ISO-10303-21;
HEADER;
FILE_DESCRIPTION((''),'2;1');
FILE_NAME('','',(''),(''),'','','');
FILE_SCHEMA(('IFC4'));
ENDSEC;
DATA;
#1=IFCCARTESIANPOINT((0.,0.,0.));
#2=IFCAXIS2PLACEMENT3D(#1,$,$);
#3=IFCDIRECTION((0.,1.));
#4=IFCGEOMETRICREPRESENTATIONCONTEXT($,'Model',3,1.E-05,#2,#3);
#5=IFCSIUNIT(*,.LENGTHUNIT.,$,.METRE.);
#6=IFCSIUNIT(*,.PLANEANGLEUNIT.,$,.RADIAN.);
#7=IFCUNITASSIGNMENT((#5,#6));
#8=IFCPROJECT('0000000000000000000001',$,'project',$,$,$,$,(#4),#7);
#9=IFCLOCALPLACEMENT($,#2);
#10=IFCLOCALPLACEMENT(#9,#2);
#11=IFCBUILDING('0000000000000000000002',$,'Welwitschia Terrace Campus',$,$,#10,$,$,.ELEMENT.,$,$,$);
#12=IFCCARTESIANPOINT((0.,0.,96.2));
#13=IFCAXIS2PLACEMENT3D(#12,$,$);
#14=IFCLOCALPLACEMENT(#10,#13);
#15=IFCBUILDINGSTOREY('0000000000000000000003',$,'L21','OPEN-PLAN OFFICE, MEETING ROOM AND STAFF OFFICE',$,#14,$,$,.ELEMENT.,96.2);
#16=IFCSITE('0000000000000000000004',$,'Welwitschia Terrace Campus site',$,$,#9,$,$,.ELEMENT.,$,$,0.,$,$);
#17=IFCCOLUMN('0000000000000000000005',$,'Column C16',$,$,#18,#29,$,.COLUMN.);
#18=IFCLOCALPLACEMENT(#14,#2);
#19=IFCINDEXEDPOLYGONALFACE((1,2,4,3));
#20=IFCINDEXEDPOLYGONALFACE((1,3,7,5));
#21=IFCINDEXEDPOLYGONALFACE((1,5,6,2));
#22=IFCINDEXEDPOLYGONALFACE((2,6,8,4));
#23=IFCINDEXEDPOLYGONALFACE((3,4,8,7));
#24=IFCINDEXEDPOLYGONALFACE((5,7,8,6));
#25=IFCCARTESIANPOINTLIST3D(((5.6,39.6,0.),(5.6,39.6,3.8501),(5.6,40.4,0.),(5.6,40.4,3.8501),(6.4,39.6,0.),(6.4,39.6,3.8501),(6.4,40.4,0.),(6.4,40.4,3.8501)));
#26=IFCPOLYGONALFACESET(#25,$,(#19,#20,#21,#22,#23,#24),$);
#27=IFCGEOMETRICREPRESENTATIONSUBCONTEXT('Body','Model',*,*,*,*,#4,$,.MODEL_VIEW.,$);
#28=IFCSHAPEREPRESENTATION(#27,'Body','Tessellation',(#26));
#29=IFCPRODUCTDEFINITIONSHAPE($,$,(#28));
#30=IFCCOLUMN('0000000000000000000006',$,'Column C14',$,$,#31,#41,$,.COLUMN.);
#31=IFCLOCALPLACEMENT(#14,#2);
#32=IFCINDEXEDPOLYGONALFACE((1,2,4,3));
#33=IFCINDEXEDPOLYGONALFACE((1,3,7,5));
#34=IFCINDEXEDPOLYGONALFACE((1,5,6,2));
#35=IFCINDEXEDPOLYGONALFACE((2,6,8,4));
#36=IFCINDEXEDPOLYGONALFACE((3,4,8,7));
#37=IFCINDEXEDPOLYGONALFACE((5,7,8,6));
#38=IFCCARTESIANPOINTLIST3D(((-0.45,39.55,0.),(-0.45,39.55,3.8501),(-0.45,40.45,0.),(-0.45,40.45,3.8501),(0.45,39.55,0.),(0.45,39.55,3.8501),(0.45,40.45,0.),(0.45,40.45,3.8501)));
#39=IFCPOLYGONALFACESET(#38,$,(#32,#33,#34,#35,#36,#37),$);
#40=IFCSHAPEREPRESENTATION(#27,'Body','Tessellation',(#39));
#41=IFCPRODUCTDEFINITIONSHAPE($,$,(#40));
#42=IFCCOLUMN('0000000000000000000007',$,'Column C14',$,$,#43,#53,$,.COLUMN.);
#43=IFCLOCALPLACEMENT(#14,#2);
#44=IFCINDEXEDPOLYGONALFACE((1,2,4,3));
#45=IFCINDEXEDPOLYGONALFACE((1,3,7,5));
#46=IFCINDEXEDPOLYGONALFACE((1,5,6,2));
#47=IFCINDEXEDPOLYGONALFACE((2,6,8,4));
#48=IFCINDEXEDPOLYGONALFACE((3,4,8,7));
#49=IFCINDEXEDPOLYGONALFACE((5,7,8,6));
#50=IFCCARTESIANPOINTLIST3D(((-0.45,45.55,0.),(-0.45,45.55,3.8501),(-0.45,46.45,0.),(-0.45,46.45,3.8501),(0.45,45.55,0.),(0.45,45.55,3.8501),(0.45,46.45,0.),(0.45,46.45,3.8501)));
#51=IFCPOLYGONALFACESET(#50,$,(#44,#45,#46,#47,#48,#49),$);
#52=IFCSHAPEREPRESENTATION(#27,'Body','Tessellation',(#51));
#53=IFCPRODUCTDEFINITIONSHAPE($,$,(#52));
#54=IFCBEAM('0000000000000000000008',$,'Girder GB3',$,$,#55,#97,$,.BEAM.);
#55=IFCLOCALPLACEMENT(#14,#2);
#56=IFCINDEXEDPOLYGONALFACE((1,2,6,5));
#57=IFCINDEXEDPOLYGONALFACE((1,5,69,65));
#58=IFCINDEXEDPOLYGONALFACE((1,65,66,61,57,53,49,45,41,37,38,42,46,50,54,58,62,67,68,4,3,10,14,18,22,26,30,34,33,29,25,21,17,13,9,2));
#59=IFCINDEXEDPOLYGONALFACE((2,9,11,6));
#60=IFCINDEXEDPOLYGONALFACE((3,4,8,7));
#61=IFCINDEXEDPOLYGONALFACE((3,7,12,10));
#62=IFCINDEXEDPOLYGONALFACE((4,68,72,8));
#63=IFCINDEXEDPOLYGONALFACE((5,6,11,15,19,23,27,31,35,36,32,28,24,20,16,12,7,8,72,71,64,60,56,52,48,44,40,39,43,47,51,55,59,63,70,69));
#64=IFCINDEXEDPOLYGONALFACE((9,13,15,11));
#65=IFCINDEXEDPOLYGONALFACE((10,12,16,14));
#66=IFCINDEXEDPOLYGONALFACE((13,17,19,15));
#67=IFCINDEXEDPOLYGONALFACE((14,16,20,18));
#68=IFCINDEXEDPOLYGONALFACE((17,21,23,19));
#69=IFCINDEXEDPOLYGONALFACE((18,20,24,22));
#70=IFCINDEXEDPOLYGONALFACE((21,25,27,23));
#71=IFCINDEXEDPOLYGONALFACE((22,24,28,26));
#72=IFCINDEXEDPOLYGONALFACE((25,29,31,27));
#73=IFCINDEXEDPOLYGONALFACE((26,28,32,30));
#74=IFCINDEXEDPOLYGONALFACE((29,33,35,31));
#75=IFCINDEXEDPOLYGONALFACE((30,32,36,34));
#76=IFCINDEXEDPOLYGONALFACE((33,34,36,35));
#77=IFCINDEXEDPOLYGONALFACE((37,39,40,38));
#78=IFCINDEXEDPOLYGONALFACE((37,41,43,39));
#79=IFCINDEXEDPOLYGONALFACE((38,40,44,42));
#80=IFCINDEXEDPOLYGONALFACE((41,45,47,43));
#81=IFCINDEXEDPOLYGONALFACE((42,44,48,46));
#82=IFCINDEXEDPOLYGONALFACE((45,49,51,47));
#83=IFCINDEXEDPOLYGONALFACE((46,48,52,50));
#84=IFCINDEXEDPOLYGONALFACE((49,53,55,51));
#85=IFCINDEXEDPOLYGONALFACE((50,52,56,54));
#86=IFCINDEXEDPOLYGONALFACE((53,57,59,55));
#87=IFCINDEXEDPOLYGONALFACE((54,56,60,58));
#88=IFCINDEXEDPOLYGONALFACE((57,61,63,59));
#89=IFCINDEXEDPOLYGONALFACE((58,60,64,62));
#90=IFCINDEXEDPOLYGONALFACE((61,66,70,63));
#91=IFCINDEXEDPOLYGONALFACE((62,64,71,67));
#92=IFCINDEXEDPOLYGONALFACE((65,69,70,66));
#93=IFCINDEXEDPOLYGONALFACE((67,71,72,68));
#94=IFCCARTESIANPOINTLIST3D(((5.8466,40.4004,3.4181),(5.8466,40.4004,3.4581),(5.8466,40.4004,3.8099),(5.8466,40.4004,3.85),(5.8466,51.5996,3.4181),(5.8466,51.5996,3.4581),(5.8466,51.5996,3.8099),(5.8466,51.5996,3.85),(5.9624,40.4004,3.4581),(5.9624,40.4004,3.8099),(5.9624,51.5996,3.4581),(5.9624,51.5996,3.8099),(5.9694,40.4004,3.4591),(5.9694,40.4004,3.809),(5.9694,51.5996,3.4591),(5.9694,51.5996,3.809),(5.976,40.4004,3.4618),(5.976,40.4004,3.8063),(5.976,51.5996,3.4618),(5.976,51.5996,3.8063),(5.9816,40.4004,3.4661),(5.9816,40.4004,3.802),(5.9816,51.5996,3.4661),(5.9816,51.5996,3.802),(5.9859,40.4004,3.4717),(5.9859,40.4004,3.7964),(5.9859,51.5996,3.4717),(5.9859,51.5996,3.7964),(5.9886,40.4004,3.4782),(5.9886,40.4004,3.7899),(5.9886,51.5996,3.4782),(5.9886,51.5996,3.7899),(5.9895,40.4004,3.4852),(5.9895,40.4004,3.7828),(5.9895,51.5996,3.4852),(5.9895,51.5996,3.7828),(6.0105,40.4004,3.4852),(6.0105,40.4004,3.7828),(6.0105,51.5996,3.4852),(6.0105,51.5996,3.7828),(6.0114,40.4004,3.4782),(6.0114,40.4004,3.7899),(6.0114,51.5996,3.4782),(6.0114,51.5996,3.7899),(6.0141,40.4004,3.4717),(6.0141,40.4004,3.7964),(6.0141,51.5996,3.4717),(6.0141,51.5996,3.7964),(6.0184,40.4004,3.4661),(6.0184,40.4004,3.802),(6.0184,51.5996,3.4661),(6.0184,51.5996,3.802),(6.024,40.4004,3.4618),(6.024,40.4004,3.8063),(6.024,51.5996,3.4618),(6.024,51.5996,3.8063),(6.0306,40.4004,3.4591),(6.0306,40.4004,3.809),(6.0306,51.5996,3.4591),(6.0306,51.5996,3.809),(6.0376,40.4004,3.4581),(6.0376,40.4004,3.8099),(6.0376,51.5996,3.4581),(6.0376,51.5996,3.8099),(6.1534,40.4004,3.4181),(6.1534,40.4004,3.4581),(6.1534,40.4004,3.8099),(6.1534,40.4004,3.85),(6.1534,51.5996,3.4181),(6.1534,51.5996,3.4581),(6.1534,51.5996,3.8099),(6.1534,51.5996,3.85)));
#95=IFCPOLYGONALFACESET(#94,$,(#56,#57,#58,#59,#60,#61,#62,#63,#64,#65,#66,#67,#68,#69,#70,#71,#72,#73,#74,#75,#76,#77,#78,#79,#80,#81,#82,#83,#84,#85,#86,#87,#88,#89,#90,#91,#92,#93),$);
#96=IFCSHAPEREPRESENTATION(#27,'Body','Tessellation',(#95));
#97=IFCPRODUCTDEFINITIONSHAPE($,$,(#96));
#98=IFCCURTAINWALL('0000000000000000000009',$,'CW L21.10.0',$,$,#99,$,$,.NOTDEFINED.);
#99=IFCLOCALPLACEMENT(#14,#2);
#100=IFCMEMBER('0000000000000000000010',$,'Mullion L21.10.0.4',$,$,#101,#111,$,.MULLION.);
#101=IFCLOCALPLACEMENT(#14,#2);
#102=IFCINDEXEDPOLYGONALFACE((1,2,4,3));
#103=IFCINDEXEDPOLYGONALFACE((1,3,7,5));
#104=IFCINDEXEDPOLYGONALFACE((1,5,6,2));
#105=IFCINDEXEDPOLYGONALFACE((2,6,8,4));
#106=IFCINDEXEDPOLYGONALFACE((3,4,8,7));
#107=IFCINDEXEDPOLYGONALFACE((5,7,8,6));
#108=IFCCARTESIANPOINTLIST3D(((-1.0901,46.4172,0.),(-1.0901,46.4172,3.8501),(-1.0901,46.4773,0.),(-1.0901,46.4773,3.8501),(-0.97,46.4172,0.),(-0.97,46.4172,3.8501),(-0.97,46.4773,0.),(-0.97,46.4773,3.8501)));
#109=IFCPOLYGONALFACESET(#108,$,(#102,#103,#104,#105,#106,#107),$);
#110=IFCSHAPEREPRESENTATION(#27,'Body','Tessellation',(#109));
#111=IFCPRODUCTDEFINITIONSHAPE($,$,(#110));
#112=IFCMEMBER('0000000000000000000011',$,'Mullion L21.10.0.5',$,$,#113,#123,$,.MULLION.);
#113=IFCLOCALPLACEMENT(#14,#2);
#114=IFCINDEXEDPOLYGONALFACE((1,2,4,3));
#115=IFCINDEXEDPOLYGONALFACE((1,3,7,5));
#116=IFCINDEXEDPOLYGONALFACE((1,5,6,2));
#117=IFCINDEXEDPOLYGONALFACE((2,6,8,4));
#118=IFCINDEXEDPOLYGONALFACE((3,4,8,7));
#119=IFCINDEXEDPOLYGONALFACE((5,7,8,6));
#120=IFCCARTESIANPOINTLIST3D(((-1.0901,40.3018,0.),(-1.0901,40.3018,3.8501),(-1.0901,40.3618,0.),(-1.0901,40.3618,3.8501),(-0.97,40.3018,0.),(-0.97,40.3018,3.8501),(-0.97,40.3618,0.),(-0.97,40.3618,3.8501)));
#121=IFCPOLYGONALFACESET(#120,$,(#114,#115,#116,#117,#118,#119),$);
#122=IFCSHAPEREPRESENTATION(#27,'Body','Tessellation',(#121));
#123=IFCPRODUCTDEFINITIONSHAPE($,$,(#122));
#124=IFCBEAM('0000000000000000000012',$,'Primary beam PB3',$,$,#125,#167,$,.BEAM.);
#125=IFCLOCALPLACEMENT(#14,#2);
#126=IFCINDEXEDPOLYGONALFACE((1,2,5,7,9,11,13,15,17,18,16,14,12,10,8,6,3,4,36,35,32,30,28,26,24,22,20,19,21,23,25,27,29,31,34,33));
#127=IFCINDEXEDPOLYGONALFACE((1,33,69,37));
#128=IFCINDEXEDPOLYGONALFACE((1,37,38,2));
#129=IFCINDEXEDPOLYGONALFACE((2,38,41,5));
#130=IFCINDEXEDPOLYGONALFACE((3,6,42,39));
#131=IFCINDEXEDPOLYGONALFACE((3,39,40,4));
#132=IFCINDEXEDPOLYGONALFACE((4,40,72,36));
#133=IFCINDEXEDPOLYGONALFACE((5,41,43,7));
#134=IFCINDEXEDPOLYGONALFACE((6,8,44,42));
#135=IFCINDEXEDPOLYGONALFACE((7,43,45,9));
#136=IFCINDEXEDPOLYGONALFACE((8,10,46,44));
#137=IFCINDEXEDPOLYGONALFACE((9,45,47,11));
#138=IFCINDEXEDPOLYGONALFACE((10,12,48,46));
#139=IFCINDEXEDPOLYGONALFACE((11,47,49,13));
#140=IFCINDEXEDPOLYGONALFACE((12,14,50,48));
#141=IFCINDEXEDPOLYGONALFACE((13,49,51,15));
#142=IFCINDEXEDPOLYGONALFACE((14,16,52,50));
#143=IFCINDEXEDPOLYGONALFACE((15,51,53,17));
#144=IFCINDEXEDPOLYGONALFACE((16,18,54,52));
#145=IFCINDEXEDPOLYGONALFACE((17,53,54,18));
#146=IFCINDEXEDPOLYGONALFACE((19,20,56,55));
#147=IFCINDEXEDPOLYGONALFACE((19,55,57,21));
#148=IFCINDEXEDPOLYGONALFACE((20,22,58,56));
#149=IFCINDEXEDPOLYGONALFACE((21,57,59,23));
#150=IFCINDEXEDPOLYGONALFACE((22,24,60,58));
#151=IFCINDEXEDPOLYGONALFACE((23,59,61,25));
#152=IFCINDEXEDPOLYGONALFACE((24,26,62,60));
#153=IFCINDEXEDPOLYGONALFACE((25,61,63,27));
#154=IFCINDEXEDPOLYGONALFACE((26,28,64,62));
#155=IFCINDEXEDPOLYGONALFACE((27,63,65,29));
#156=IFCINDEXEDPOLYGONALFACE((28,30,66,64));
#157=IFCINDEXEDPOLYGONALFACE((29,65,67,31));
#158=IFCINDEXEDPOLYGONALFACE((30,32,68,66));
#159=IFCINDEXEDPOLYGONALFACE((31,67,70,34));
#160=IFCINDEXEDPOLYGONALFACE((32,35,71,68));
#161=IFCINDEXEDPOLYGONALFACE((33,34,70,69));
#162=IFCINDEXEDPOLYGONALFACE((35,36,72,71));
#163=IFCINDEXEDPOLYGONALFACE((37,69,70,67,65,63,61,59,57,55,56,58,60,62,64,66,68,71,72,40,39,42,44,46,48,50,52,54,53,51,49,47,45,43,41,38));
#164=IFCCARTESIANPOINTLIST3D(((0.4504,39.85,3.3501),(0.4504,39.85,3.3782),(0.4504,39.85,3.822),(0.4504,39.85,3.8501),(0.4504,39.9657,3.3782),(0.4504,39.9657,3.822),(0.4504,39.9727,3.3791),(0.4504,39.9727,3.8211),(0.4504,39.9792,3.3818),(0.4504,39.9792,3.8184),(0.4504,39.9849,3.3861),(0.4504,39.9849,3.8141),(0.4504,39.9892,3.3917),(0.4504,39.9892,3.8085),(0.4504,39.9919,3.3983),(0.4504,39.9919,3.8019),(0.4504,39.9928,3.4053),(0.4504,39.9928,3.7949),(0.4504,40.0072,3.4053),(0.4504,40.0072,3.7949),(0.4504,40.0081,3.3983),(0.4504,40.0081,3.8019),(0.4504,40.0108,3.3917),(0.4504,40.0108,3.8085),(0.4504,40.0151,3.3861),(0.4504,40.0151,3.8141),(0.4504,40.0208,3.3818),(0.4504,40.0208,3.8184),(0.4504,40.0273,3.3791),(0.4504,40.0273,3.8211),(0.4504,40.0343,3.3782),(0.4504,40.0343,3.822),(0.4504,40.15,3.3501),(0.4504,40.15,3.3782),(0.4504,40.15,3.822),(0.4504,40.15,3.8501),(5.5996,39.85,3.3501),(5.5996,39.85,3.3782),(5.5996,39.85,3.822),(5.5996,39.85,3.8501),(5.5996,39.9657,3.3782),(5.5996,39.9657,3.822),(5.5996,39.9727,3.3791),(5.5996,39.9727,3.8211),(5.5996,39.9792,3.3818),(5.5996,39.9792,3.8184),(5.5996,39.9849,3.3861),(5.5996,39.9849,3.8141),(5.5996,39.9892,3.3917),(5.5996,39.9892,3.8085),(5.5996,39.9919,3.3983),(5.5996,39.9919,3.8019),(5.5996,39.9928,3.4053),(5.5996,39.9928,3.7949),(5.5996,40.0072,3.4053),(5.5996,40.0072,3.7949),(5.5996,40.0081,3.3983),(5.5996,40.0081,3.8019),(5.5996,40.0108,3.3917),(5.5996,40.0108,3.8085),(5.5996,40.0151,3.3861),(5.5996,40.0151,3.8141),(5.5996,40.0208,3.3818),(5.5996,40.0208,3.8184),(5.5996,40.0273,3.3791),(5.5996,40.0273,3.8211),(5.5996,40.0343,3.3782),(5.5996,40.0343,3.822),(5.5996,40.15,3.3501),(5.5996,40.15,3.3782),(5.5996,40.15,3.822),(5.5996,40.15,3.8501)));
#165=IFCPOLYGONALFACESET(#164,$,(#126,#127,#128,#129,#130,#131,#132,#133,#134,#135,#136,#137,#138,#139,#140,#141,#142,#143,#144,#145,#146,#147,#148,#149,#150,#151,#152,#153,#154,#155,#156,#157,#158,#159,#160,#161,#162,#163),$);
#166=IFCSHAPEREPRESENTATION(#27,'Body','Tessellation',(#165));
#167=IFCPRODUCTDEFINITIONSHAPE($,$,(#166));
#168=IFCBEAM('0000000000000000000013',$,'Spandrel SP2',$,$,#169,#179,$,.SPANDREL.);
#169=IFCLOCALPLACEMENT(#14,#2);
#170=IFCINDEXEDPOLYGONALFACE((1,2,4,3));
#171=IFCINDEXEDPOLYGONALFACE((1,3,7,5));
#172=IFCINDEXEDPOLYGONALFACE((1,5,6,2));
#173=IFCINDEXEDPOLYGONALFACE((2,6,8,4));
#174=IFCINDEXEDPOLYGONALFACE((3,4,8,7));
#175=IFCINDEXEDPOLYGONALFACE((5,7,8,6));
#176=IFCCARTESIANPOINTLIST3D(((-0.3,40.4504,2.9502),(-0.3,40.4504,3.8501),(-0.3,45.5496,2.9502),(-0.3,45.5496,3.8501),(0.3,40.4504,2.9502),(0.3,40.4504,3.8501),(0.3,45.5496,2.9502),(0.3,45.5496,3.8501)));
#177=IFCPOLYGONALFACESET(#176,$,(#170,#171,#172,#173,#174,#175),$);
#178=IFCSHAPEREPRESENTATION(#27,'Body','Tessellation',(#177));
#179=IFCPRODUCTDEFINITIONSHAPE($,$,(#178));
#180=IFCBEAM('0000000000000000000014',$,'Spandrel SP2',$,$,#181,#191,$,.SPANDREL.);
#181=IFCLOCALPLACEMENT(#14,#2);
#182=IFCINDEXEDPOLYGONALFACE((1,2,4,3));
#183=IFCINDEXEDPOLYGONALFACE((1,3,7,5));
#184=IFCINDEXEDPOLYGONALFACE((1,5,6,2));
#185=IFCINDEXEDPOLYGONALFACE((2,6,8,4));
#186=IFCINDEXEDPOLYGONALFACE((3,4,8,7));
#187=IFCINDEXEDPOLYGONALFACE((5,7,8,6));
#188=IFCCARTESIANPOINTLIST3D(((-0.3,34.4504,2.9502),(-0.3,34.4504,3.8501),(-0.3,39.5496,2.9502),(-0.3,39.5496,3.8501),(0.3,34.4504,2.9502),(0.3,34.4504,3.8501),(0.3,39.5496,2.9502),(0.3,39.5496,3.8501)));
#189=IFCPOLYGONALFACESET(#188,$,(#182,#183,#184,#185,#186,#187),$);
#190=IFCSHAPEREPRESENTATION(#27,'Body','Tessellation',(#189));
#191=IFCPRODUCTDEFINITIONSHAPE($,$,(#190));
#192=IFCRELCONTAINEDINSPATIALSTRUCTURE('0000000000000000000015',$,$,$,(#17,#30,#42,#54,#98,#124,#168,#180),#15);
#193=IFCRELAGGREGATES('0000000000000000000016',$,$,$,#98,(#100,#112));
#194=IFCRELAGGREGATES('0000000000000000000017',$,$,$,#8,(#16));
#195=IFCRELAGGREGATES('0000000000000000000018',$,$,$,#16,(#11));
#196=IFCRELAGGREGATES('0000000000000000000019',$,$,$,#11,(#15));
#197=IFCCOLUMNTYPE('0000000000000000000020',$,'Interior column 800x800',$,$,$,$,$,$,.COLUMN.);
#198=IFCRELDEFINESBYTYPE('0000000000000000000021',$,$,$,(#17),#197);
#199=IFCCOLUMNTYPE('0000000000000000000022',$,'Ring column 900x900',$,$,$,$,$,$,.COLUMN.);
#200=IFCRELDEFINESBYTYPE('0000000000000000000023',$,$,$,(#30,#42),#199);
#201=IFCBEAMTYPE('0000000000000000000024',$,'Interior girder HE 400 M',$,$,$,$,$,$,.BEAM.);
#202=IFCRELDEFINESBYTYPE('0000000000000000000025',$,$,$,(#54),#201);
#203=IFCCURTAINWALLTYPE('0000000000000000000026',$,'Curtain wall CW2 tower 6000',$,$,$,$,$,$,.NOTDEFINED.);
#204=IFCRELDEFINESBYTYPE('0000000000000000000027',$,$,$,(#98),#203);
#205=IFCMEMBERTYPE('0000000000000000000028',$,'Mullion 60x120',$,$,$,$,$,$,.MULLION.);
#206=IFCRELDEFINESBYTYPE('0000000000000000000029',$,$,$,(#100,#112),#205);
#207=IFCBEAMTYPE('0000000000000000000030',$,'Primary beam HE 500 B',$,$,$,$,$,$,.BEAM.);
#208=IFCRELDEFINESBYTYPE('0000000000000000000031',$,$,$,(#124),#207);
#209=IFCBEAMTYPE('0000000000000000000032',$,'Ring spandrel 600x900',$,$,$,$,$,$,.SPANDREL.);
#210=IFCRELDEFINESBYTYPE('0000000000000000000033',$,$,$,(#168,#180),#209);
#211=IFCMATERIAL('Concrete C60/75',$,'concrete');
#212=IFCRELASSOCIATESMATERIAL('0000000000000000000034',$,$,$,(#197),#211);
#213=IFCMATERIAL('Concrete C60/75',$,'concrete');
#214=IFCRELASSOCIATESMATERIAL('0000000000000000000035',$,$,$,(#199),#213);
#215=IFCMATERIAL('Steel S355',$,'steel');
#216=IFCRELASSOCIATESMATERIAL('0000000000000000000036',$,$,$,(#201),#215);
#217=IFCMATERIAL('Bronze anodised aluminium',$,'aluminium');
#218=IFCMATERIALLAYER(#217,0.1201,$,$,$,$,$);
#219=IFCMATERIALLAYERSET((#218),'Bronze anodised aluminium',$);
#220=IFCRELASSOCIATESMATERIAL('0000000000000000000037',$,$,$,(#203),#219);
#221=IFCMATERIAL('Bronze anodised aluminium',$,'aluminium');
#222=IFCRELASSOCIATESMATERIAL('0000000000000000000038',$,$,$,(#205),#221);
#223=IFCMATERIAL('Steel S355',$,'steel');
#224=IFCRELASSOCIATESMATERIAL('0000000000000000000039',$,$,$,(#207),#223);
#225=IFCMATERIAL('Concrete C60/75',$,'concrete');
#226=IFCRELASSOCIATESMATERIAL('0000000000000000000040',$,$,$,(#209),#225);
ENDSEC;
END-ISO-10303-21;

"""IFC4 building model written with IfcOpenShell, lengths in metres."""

from ifc_helpers import new_model, si_unit, direction, frame, origin, origin_2d, place, context, subcontext, project, spatial, rectangle, i_section, extrude, material, layer, layer_set, material_profile, profile_set, type_object, element, aggregate, save


model = new_model("IFC4")

# Units and contexts
model_context = context("Model", 3, precision=1e-05, world=origin(), true_north=direction((0.0, 1.0)))
body_context = subcontext(model_context, "Body", "Model", "MODEL_VIEW")
ifc_project = project(units=[si_unit("LENGTHUNIT", "METRE"), si_unit("PLANEANGLEUNIT", "RADIAN")], contexts=[model_context])

# Site, building, storey
site_placement = place(None, origin())
site = spatial("IfcSite", under=ifc_project, at=site_placement, Name="Welwitschia Terrace Campus site", CompositionType="ELEMENT", RefElevation=0.0)
building_placement = place(site_placement, origin())
building = spatial("IfcBuilding", under=site, at=building_placement, Name="Welwitschia Terrace Campus", CompositionType="ELEMENT")
storey_placement = place(building_placement, frame((0.0, 0.0, 96.2)))
storey = spatial("IfcBuildingStorey", under=building, at=storey_placement, Name="L21", Description="OPEN-PLAN OFFICE, MEETING ROOM AND STAFF OFFICE", CompositionType="ELEMENT", Elevation=96.2)

# Columns
ifc_material_1 = material(Name="Concrete C60/75", Category="concrete")
ifc_material_profile_1 = material_profile(ifc_material_1, rectangle(XDim=0.8, YDim=0.8, at=origin_2d()))
ifc_profile_set_1 = profile_set([ifc_material_profile_1], Name="Concrete C60/75")
column_type_1 = type_object("IfcColumnType", Name="Interior column 800x800", PredefinedType="COLUMN", material=ifc_profile_set_1)
column_placement = place(storey_placement, frame((6.0, 40.0, 0.0), z_axis=(0.0, 0.0, 1.0), x_axis=(1.0, 0.0, 0.0)))
element("IfcColumn", 1, at=column_placement, inside=storey, type_object=column_type_1, Name="Column C16", PredefinedType="COLUMN", context=body_context, shape_type="SweptSolid", body=[
    extrude(rectangle(XDim=0.8, YDim=0.8, at=origin_2d()), origin(), (0.0, 0.0, 1.0), 3.8501),
])
ifc_material_2 = material(Name="Concrete C60/75", Category="concrete")
ifc_material_profile_2 = material_profile(ifc_material_2, rectangle(XDim=0.8999, YDim=0.8999, at=origin_2d()))
ifc_profile_set_2 = profile_set([ifc_material_profile_2], Name="Concrete C60/75")
column_type_2 = type_object("IfcColumnType", Name="Ring column 900x900", PredefinedType="COLUMN", material=ifc_profile_set_2)
for number, where, z_axis, x_axis, name in (
    (2, (0.0, 40.0, 0.0), (0.0, 0.0, 1.0), (1.0, 0.0, 0.0), "Column C14"),
    (3, (0.0, 46.0, 0.0), (0.0, 0.0, 1.0), (1.0, 0.0, 0.0), "Column C14"),
):
    element("IfcColumn", number, at=place(storey_placement, frame(where, z_axis=z_axis, x_axis=x_axis)), inside=storey, type_object=column_type_2, Name=name, PredefinedType="COLUMN", context=body_context, shape_type="SweptSolid", body=[
        extrude(rectangle(XDim=0.8999, YDim=0.8999, at=origin_2d()), origin(), (0.0, 0.0, 1.0), 3.8501),
    ])

# Beam
ifc_material_3 = material(Name="Steel S355", Category="steel")
ifc_material_profile_3 = material_profile(ifc_material_3, i_section(OverallWidth=0.3069, OverallDepth=0.4319, WebThickness=0.021, FlangeThickness=0.04, FilletRadius=0.0271, at=origin_2d()))
ifc_profile_set_3 = profile_set([ifc_material_profile_3], Name="Steel S355")
beam_type_1 = type_object("IfcBeamType", Name="Interior girder HE 400 M", PredefinedType="BEAM", material=ifc_profile_set_3)
beam_1_placement = place(storey_placement, frame((6.0, 40.4004, 3.634), z_axis=(0.0, 1.0, 0.0), x_axis=(-1.0, 0.0, 0.0)))
element("IfcBeam", 4, at=beam_1_placement, inside=storey, type_object=beam_type_1, Name="Girder GB3", PredefinedType="BEAM", context=body_context, shape_type="SweptSolid", body=[
    extrude(i_section(OverallWidth=0.3069, OverallDepth=0.4319, WebThickness=0.021, FlangeThickness=0.04, FilletRadius=0.0271, at=origin_2d()), origin(), (0.0, 0.0, 1.0), 11.1992),
])

# Curtain wall, members
ifc_material_4 = material(Name="Bronze anodised aluminium", Category="aluminium")
ifc_layer_1 = layer(ifc_material_4, 0.1201)
ifc_layer_set_1 = layer_set([ifc_layer_1], Name="Bronze anodised aluminium")
curtain_wall_type = type_object("IfcCurtainWallType", Name="Curtain wall CW2 tower 6000", PredefinedType="NOTDEFINED", material=ifc_layer_set_1)
curtain_wall_placement = place(storey_placement, origin())
curtain_wall = element("IfcCurtainWall", 5, at=curtain_wall_placement, inside=storey, type_object=curtain_wall_type, Name="CW L21.10.0", PredefinedType="NOTDEFINED")
ifc_material_5 = material(Name="Bronze anodised aluminium", Category="aluminium")
ifc_material_profile_4 = material_profile(ifc_material_5, rectangle(XDim=0.1201, YDim=0.0601, at=origin_2d()))
ifc_profile_set_4 = profile_set([ifc_material_profile_4], Name="Bronze anodised aluminium")
member_type = type_object("IfcMemberType", Name="Mullion 60x120", PredefinedType="MULLION", material=ifc_profile_set_4)
member_1_placement = place(storey_placement, frame((-1.03, 46.4473, 0.0), z_axis=(0.0, 0.0, 1.0), x_axis=(1.0, 0.0, 0.0)))
member_1 = element("IfcMember", 6, at=member_1_placement, type_object=member_type, Name="Mullion L21.10.0.4", PredefinedType="MULLION", context=body_context, shape_type="SweptSolid", body=[
    extrude(rectangle(XDim=0.1201, YDim=0.0601, at=origin_2d()), origin(), (0.0, 0.0, 1.0), 3.8501),
])
member_2_placement = place(storey_placement, frame((-1.03, 40.3318, 0.0), z_axis=(0.0, 0.0, 1.0), x_axis=(1.0, 0.0, 0.0)))
member_2 = element("IfcMember", 7, at=member_2_placement, type_object=member_type, Name="Mullion L21.10.0.5", PredefinedType="MULLION", context=body_context, shape_type="SweptSolid", body=[
    extrude(rectangle(XDim=0.1201, YDim=0.0601, at=origin_2d()), origin(), (0.0, 0.0, 1.0), 3.8501),
])

# Beams
ifc_material_6 = material(Name="Steel S355", Category="steel")
ifc_material_profile_5 = material_profile(ifc_material_6, i_section(OverallWidth=0.3, OverallDepth=0.5, WebThickness=0.0144, FlangeThickness=0.0281, FilletRadius=0.0271, at=origin_2d()))
ifc_profile_set_5 = profile_set([ifc_material_profile_5], Name="Steel S355")
beam_type_2 = type_object("IfcBeamType", Name="Primary beam HE 500 B", PredefinedType="BEAM", material=ifc_profile_set_5)
beam_2_placement = place(storey_placement, frame((0.4504, 40.0, 3.6001), z_axis=(1.0, 0.0, 0.0), x_axis=(0.0, 1.0, 0.0)))
element("IfcBeam", 8, at=beam_2_placement, inside=storey, type_object=beam_type_2, Name="Primary beam PB3", PredefinedType="BEAM", context=body_context, shape_type="SweptSolid", body=[
    extrude(i_section(OverallWidth=0.3, OverallDepth=0.5, WebThickness=0.0144, FlangeThickness=0.0281, FilletRadius=0.0271, at=origin_2d()), origin(), (0.0, 0.0, 1.0), 5.1492),
])
ifc_material_7 = material(Name="Concrete C60/75", Category="concrete")
ifc_material_profile_6 = material_profile(ifc_material_7, rectangle(XDim=0.6001, YDim=0.8999, at=origin_2d()))
ifc_profile_set_6 = profile_set([ifc_material_profile_6], Name="Concrete C60/75")
beam_type_3 = type_object("IfcBeamType", Name="Ring spandrel 600x900", PredefinedType="SPANDREL", material=ifc_profile_set_6)
for number, where, z_axis, x_axis, name in (
    (9, (0.0, 45.5496, 3.4001), (0.0, -1.0, 0.0), (1.0, 0.0, 0.0), "Spandrel SP2"),
    (10, (0.0, 39.5496, 3.4001), (0.0, -1.0, 0.0), (1.0, 0.0, 0.0), "Spandrel SP2"),
):
    element("IfcBeam", number, at=place(storey_placement, frame(where, z_axis=z_axis, x_axis=x_axis)), inside=storey, type_object=beam_type_3, Name=name, PredefinedType="SPANDREL", context=body_context, shape_type="SweptSolid", body=[
        extrude(rectangle(XDim=0.6001, YDim=0.8999, at=origin_2d()), origin(), (0.0, 0.0, 1.0), 5.0991),
    ])

aggregate(curtain_wall, [member_1, member_2])

save(model, "model.ifc")
